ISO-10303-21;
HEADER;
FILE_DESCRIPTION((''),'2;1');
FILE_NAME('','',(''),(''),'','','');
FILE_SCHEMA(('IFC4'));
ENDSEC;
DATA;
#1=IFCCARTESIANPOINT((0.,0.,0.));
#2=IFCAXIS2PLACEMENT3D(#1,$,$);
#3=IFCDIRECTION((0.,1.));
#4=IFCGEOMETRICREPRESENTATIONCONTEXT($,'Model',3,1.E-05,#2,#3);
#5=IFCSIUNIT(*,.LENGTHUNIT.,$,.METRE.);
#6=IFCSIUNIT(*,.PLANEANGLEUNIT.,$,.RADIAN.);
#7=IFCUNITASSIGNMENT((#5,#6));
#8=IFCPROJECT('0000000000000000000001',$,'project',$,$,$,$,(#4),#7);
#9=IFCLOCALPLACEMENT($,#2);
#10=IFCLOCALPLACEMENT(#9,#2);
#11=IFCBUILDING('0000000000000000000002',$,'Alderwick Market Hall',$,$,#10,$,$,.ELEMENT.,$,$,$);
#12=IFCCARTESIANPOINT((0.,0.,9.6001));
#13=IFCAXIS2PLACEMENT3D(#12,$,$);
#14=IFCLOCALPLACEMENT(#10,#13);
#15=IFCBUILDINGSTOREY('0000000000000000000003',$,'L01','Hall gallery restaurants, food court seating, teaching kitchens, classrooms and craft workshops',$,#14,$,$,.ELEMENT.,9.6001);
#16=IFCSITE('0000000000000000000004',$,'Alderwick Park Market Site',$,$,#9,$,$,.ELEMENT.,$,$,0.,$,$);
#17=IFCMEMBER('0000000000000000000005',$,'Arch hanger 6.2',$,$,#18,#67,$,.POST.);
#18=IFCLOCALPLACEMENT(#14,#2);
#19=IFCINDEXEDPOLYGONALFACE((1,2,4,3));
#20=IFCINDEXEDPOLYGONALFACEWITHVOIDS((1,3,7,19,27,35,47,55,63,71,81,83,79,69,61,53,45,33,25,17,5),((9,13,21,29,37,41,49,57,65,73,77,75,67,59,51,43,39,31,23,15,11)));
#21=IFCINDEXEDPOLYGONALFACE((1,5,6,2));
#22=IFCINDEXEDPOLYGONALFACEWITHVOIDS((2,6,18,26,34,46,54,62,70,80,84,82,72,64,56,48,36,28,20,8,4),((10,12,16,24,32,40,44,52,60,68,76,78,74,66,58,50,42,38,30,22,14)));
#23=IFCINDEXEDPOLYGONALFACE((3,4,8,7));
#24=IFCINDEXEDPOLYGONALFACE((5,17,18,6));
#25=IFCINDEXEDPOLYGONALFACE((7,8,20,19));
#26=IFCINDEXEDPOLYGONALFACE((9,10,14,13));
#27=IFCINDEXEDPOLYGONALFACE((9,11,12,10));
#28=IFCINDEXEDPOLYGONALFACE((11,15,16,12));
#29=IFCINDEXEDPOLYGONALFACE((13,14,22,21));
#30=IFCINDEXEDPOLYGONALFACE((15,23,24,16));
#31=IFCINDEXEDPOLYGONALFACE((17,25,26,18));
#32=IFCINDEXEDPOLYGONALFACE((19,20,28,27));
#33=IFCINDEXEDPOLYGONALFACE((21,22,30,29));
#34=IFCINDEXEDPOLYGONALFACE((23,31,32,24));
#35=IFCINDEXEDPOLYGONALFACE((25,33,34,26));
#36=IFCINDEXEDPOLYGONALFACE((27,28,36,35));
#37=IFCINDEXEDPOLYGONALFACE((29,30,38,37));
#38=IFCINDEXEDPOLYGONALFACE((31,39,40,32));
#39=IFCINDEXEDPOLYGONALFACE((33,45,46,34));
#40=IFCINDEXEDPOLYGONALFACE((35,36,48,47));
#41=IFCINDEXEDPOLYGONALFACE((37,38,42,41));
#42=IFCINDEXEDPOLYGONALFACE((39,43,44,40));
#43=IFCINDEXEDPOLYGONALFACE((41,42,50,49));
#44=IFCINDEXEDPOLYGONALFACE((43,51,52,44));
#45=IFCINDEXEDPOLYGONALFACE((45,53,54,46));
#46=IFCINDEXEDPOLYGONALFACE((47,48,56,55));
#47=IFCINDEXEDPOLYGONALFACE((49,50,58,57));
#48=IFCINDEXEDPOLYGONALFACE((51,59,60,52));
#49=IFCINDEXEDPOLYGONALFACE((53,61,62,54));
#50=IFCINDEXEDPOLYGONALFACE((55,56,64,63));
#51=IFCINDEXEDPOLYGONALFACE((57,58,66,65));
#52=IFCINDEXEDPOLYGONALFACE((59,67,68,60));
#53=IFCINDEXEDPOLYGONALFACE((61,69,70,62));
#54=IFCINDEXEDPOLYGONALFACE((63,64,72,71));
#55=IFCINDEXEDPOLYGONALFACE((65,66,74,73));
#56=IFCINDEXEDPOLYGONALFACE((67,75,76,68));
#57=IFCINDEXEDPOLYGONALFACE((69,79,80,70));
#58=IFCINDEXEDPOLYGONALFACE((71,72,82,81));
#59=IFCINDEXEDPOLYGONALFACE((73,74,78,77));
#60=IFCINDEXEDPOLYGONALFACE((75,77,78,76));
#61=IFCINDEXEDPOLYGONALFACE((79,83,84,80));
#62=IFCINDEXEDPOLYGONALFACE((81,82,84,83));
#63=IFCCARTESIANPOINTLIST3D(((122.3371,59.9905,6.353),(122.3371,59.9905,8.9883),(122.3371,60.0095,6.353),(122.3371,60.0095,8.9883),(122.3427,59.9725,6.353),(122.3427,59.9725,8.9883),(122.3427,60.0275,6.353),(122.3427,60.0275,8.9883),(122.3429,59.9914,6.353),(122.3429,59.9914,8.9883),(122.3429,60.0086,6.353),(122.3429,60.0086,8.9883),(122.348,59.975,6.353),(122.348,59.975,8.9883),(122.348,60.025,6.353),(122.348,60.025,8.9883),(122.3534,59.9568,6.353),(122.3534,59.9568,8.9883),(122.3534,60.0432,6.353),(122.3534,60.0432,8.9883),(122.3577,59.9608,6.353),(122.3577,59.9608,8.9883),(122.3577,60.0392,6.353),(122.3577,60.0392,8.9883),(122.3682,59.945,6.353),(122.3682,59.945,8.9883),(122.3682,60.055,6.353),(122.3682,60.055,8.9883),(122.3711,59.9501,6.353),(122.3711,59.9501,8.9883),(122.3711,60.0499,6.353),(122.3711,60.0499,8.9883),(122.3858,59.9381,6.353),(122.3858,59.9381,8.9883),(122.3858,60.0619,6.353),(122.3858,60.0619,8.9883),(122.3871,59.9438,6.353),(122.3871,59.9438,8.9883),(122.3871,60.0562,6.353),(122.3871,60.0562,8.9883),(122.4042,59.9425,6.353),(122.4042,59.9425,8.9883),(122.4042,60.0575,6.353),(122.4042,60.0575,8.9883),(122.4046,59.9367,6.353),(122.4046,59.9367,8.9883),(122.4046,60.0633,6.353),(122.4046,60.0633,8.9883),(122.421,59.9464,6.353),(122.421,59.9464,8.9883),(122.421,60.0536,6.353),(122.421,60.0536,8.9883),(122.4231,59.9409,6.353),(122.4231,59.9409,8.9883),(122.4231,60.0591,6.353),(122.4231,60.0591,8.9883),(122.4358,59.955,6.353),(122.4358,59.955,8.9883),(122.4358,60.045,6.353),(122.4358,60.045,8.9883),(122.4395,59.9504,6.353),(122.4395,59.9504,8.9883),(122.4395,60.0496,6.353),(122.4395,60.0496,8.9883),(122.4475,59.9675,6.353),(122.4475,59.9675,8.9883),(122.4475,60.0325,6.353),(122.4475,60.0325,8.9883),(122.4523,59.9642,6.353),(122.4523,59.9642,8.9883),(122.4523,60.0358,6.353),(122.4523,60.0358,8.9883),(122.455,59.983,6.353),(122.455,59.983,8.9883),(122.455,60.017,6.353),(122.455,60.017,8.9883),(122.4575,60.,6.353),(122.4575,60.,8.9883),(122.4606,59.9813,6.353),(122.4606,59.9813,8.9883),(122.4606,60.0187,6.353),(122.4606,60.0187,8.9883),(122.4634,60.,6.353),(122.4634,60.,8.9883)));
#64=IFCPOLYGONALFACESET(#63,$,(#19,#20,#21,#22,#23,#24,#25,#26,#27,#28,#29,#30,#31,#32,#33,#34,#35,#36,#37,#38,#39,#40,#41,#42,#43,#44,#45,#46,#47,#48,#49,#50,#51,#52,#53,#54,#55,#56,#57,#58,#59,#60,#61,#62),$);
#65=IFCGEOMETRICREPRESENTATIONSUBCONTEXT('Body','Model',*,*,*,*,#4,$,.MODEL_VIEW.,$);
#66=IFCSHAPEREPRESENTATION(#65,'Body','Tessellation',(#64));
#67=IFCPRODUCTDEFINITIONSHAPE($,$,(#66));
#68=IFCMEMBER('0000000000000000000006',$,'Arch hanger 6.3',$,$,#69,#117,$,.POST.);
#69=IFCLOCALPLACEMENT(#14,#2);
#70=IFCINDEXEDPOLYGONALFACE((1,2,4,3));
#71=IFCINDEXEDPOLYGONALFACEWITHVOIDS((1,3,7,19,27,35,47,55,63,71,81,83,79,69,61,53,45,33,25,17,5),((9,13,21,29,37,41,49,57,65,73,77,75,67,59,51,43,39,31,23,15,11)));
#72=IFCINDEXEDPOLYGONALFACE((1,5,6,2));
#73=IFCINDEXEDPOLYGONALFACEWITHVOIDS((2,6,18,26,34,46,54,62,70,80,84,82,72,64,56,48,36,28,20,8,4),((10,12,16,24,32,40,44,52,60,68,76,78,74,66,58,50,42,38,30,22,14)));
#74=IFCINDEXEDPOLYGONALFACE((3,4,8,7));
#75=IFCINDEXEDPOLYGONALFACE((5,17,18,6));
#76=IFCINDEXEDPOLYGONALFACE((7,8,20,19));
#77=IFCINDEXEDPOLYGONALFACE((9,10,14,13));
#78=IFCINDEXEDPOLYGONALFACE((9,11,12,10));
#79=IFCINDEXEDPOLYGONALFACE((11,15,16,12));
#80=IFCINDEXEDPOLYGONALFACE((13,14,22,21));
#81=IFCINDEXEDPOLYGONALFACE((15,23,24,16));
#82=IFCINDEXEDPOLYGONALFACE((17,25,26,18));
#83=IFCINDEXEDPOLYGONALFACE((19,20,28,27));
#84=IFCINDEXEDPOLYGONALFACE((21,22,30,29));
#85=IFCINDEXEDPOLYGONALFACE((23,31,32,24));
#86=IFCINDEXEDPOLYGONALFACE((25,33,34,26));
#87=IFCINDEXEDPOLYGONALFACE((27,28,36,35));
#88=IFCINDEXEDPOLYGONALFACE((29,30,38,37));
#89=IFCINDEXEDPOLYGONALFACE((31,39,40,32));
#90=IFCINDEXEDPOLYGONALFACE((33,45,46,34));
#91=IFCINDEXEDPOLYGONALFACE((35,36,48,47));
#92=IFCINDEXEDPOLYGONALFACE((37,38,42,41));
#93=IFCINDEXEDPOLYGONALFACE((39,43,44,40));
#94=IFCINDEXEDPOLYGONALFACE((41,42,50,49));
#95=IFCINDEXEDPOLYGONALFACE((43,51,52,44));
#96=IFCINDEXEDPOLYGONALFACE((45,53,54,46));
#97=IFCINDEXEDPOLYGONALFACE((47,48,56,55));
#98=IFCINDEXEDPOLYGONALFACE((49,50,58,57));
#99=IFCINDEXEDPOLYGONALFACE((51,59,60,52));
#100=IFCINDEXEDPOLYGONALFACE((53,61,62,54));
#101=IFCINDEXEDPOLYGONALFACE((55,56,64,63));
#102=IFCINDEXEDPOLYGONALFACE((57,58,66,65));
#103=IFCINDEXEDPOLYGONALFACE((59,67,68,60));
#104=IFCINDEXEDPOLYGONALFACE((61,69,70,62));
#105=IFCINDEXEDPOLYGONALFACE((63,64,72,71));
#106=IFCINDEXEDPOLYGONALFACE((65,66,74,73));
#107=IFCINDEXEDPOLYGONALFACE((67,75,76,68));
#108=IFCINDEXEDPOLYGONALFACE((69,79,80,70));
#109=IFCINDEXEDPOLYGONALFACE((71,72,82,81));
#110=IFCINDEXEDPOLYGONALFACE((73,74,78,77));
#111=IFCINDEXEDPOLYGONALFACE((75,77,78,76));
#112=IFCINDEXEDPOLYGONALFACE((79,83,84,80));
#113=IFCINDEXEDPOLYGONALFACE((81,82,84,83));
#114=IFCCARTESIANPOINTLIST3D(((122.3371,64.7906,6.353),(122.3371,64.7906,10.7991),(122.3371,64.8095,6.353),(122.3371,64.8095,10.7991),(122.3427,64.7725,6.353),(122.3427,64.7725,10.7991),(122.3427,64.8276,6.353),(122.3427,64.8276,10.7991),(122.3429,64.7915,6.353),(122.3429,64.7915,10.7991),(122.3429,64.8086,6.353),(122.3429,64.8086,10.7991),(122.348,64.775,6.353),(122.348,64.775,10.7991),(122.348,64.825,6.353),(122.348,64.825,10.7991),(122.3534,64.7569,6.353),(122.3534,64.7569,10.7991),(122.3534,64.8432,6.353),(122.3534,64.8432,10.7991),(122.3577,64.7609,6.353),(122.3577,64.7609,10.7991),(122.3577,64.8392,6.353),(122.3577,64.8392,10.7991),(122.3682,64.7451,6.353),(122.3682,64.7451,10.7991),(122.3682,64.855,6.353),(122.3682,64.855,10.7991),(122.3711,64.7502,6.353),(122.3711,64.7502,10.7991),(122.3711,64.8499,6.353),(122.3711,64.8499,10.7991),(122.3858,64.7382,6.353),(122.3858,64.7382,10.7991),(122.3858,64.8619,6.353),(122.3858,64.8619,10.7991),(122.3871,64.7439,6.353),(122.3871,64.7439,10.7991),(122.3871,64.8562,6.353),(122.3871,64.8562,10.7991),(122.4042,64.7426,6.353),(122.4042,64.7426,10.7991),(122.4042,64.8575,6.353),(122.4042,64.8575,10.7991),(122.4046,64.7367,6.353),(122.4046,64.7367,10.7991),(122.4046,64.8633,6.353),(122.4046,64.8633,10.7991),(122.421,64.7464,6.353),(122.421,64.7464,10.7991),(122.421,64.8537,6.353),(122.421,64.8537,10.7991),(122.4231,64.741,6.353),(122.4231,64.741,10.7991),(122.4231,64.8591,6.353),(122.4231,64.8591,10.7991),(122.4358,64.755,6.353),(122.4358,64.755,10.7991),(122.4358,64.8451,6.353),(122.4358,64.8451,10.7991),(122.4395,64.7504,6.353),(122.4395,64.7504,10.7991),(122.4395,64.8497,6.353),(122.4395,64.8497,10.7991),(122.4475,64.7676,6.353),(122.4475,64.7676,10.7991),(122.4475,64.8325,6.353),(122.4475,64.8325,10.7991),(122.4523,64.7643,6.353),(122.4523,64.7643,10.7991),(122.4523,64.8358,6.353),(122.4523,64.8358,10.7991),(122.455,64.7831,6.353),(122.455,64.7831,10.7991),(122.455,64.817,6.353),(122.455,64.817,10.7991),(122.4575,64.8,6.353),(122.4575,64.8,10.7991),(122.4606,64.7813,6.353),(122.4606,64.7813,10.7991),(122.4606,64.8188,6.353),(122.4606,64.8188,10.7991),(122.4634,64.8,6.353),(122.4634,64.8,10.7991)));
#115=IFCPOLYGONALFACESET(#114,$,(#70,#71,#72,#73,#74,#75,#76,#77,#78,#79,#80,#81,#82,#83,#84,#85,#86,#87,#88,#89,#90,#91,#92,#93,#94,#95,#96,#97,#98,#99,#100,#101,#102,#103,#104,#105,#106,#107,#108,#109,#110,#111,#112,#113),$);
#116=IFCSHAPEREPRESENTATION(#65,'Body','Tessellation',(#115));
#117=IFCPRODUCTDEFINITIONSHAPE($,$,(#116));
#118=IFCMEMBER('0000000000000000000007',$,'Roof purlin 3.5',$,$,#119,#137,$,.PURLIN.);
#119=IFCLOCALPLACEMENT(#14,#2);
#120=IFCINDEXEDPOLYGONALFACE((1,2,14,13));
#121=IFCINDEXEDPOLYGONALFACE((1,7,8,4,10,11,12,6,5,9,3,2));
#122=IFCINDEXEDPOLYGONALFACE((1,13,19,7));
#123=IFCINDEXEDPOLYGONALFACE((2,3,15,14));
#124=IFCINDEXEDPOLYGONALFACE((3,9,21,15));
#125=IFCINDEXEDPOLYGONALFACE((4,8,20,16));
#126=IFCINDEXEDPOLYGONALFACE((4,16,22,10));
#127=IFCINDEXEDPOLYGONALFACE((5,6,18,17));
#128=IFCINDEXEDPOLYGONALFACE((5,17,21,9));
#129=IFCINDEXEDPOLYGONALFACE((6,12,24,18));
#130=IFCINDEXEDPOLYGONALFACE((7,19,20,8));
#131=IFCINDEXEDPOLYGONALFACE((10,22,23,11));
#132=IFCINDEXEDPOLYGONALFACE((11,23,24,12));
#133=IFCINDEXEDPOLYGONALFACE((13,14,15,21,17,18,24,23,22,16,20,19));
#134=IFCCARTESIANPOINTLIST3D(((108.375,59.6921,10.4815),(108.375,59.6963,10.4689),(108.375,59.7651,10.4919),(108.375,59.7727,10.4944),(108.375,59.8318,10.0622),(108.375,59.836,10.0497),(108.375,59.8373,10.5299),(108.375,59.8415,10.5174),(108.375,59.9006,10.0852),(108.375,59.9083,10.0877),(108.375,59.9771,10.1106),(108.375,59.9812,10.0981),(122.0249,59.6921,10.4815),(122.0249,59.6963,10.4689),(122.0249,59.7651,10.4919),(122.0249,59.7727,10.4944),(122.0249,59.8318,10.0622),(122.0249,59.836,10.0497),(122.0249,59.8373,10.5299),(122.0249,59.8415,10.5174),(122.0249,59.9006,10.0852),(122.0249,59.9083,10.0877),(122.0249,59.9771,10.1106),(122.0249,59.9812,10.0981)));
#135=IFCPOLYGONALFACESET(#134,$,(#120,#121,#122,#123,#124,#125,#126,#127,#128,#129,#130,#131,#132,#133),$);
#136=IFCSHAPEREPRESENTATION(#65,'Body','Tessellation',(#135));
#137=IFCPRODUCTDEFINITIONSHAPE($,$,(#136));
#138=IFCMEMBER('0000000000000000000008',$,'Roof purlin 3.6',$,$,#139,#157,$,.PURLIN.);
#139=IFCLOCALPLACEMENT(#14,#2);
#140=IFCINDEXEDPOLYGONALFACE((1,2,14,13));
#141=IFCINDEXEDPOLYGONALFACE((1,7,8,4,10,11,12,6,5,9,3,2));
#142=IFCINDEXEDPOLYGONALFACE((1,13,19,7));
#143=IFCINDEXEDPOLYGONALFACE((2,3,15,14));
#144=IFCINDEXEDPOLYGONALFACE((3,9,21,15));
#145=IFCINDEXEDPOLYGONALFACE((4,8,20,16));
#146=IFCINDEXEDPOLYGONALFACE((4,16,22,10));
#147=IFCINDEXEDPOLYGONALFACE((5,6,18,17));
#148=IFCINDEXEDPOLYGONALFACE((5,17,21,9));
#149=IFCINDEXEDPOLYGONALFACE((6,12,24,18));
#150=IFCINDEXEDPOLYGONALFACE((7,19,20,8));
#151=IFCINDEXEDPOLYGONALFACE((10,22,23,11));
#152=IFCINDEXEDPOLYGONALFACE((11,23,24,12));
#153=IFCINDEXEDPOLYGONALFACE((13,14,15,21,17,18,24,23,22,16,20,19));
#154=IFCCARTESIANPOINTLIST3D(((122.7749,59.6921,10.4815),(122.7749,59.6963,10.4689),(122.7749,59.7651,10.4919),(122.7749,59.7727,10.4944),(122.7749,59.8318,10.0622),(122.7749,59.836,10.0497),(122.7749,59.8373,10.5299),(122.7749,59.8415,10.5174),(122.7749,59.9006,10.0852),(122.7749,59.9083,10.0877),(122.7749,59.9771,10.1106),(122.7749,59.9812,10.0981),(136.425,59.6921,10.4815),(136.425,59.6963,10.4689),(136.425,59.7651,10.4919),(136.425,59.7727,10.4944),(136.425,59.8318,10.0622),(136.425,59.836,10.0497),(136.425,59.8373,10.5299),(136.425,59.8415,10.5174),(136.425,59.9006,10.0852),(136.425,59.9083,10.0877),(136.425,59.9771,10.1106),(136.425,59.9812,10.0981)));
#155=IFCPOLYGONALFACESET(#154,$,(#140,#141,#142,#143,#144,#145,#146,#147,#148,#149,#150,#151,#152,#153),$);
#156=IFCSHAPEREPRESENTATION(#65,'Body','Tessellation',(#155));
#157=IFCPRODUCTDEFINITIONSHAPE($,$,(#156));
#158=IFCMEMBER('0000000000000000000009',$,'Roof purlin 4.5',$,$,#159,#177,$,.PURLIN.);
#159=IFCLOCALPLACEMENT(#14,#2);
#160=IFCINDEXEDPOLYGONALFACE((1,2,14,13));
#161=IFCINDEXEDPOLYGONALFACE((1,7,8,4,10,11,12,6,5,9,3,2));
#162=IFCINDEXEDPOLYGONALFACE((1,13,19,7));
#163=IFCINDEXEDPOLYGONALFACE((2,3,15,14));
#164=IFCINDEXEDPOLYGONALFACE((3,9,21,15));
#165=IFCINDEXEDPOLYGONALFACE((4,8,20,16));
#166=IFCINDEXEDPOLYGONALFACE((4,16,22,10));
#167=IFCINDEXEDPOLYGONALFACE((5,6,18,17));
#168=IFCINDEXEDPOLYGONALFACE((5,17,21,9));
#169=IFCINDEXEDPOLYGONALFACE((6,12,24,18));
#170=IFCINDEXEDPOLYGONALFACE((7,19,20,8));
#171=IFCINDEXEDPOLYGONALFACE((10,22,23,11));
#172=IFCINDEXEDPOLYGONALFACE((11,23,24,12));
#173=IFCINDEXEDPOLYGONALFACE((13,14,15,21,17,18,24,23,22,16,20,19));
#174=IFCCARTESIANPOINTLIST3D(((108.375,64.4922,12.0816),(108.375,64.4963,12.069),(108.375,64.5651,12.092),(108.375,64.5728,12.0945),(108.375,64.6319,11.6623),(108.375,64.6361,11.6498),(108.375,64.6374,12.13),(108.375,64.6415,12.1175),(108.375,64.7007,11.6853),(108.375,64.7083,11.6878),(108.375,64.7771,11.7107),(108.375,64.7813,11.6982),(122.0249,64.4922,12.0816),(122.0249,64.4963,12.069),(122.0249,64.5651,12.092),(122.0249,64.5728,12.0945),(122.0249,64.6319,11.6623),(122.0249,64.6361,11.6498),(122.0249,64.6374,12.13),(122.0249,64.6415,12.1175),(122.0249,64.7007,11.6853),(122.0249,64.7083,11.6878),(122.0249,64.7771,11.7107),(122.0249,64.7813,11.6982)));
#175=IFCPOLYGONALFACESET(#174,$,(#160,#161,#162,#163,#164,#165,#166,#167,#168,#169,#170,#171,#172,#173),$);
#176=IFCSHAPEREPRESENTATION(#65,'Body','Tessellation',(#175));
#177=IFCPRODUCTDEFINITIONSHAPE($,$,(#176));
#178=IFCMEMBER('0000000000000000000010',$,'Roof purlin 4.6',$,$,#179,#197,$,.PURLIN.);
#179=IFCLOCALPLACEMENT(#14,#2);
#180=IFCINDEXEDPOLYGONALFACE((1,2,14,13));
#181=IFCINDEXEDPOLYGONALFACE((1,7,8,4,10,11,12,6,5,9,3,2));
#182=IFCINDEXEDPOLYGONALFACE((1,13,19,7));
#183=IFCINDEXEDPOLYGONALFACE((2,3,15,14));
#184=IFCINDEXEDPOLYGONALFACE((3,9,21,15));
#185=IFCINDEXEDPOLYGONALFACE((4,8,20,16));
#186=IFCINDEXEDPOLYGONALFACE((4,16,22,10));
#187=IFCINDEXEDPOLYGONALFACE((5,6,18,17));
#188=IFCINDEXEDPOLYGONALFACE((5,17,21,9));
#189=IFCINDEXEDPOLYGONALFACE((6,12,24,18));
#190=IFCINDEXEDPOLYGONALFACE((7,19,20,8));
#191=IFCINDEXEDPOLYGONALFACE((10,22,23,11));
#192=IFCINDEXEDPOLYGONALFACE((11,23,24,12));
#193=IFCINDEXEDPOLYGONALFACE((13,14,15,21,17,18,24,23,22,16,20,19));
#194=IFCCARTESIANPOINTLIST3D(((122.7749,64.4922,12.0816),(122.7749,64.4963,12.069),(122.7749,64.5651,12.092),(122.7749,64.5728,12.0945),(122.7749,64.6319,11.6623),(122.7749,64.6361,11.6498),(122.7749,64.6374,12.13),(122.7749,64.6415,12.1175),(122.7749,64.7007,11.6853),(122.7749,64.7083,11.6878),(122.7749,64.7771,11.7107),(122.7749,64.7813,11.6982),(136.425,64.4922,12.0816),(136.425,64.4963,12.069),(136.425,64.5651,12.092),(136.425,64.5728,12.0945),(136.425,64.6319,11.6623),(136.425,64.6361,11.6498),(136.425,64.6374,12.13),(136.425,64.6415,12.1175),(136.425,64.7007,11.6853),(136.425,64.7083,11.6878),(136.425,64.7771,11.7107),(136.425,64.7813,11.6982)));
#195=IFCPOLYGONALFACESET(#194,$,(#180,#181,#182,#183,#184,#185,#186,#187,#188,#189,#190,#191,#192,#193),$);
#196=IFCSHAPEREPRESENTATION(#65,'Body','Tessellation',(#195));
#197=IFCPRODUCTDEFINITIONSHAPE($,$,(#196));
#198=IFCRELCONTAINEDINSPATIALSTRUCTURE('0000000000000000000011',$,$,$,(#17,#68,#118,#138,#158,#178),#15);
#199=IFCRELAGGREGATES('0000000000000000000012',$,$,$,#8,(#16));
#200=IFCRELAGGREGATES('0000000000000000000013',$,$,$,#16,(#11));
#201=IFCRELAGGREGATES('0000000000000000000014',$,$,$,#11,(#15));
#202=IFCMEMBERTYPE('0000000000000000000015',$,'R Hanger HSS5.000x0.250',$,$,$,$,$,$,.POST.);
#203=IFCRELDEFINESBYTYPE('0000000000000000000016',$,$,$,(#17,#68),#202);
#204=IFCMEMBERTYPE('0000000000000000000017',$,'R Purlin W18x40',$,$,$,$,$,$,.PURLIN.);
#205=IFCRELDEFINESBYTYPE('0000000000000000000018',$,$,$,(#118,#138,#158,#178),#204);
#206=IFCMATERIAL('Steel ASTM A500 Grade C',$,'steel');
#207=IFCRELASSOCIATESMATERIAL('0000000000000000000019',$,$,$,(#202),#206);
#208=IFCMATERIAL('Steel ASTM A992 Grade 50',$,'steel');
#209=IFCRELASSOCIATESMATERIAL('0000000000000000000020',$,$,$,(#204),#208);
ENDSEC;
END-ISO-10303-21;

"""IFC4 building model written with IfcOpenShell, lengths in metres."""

from ifc_helpers import new_model, si_unit, direction, frame, origin, origin_2d, place, context, subcontext, project, spatial, hollow_circle, i_section, extrude, material, material_profile, profile_set, type_object, element, save


model = new_model("IFC4")

# Units and contexts
model_context = context("Model", 3, precision=1e-05, world=origin(), true_north=direction((0.0, 1.0)))
body_context = subcontext(model_context, "Body", "Model", "MODEL_VIEW")
ifc_project = project(units=[si_unit("LENGTHUNIT", "METRE"), si_unit("PLANEANGLEUNIT", "RADIAN")], contexts=[model_context])

# Site, building, storey
site_placement = place(None, origin())
site = spatial("IfcSite", under=ifc_project, at=site_placement, Name="Alderwick Park Market Site", CompositionType="ELEMENT", RefElevation=0.0)
building_placement = place(site_placement, origin())
building = spatial("IfcBuilding", under=site, at=building_placement, Name="Alderwick Market Hall", CompositionType="ELEMENT")
storey_placement = place(building_placement, frame((0.0, 0.0, 9.6001)))
storey = spatial("IfcBuildingStorey", under=building, at=storey_placement, Name="L01", Description="Hall gallery restaurants, food court seating, teaching kitchens, classrooms and craft workshops", CompositionType="ELEMENT", Elevation=9.6001)

# Members
ifc_material_1 = material(Name="Steel ASTM A500 Grade C", Category="steel")
ifc_material_profile_1 = material_profile(ifc_material_1, hollow_circle(Radius=0.0635, WallThickness=0.0059, at=origin_2d()), Name="HSS5.000x0.250")
ifc_profile_set_1 = profile_set([ifc_material_profile_1], Name="Steel ASTM A500 Grade C")
member_type_1 = type_object("IfcMemberType", Name="R Hanger HSS5.000x0.250", PredefinedType="POST", material=ifc_profile_set_1)
member_1_placement = place(storey_placement, frame((122.3999, 60.0, 6.353), z_axis=(0.0, 0.0, 1.0), x_axis=(1.0, 0.0, 0.0)))
element("IfcMember", 1, at=member_1_placement, inside=storey, type_object=member_type_1, Name="Arch hanger 6.2", PredefinedType="POST", context=body_context, shape_type="SweptSolid", body=[
    extrude(hollow_circle(Radius=0.0635, WallThickness=0.0059, at=origin_2d()), origin(), (0.0, 0.0, 1.0), 2.6353),
])
member_2_placement = place(storey_placement, frame((122.3999, 64.8, 6.353), z_axis=(0.0, 0.0, 1.0), x_axis=(1.0, 0.0, 0.0)))
element("IfcMember", 2, at=member_2_placement, inside=storey, type_object=member_type_1, Name="Arch hanger 6.3", PredefinedType="POST", context=body_context, shape_type="SweptSolid", body=[
    extrude(hollow_circle(Radius=0.0635, WallThickness=0.0059, at=origin_2d()), origin(), (0.0, 0.0, 1.0), 4.446),
])
ifc_material_2 = material(Name="Steel ASTM A992 Grade 50", Category="steel")
ifc_material_profile_2 = material_profile(ifc_material_2, i_section(OverallWidth=0.1531, OverallDepth=0.4551, WebThickness=0.0081, FlangeThickness=0.0132, at=origin_2d()), Name="W18x40")
ifc_profile_set_2 = profile_set([ifc_material_profile_2], Name="Steel ASTM A992 Grade 50")
member_type_2 = type_object("IfcMemberType", Name="R Purlin W18x40", PredefinedType="PURLIN", material=ifc_profile_set_2)
member_3_placement = place(storey_placement, frame((108.375, 59.8367, 10.2898), z_axis=(1.0, 0.0, 0.0), x_axis=(0.0, 0.948683, 0.316228)))
element("IfcMember", 3, at=member_3_placement, inside=storey, type_object=member_type_2, Name="Roof purlin 3.5", PredefinedType="PURLIN", context=body_context, shape_type="SweptSolid", body=[
    extrude(i_section(OverallWidth=0.1531, OverallDepth=0.4551, WebThickness=0.0081, FlangeThickness=0.0132, at=origin_2d()), origin(), (0.0, 0.0, 1.0), 13.6499),
])
member_4_placement = place(storey_placement, frame((122.7749, 59.8367, 10.2898), z_axis=(1.0, 0.0, 0.0), x_axis=(0.0, 0.948683, 0.316228)))
element("IfcMember", 4, at=member_4_placement, inside=storey, type_object=member_type_2, Name="Roof purlin 3.6", PredefinedType="PURLIN", context=body_context, shape_type="SweptSolid", body=[
    extrude(i_section(OverallWidth=0.1531, OverallDepth=0.4551, WebThickness=0.0081, FlangeThickness=0.0132, at=origin_2d()), origin(), (0.0, 0.0, 1.0), 13.6501),
])
member_5_placement = place(storey_placement, frame((108.375, 64.6367, 11.8899), z_axis=(1.0, 0.0, 0.0), x_axis=(0.0, 0.948683, 0.316228)))
element("IfcMember", 5, at=member_5_placement, inside=storey, type_object=member_type_2, Name="Roof purlin 4.5", PredefinedType="PURLIN", context=body_context, shape_type="SweptSolid", body=[
    extrude(i_section(OverallWidth=0.1531, OverallDepth=0.4551, WebThickness=0.0081, FlangeThickness=0.0132, at=origin_2d()), origin(), (0.0, 0.0, 1.0), 13.6499),
])
member_6_placement = place(storey_placement, frame((122.7749, 64.6367, 11.8899), z_axis=(1.0, 0.0, 0.0), x_axis=(0.0, 0.948683, 0.316228)))
element("IfcMember", 6, at=member_6_placement, inside=storey, type_object=member_type_2, Name="Roof purlin 4.6", PredefinedType="PURLIN", context=body_context, shape_type="SweptSolid", body=[
    extrude(i_section(OverallWidth=0.1531, OverallDepth=0.4551, WebThickness=0.0081, FlangeThickness=0.0132, at=origin_2d()), origin(), (0.0, 0.0, 1.0), 13.6501),
])

save(model, "model.ifc")
